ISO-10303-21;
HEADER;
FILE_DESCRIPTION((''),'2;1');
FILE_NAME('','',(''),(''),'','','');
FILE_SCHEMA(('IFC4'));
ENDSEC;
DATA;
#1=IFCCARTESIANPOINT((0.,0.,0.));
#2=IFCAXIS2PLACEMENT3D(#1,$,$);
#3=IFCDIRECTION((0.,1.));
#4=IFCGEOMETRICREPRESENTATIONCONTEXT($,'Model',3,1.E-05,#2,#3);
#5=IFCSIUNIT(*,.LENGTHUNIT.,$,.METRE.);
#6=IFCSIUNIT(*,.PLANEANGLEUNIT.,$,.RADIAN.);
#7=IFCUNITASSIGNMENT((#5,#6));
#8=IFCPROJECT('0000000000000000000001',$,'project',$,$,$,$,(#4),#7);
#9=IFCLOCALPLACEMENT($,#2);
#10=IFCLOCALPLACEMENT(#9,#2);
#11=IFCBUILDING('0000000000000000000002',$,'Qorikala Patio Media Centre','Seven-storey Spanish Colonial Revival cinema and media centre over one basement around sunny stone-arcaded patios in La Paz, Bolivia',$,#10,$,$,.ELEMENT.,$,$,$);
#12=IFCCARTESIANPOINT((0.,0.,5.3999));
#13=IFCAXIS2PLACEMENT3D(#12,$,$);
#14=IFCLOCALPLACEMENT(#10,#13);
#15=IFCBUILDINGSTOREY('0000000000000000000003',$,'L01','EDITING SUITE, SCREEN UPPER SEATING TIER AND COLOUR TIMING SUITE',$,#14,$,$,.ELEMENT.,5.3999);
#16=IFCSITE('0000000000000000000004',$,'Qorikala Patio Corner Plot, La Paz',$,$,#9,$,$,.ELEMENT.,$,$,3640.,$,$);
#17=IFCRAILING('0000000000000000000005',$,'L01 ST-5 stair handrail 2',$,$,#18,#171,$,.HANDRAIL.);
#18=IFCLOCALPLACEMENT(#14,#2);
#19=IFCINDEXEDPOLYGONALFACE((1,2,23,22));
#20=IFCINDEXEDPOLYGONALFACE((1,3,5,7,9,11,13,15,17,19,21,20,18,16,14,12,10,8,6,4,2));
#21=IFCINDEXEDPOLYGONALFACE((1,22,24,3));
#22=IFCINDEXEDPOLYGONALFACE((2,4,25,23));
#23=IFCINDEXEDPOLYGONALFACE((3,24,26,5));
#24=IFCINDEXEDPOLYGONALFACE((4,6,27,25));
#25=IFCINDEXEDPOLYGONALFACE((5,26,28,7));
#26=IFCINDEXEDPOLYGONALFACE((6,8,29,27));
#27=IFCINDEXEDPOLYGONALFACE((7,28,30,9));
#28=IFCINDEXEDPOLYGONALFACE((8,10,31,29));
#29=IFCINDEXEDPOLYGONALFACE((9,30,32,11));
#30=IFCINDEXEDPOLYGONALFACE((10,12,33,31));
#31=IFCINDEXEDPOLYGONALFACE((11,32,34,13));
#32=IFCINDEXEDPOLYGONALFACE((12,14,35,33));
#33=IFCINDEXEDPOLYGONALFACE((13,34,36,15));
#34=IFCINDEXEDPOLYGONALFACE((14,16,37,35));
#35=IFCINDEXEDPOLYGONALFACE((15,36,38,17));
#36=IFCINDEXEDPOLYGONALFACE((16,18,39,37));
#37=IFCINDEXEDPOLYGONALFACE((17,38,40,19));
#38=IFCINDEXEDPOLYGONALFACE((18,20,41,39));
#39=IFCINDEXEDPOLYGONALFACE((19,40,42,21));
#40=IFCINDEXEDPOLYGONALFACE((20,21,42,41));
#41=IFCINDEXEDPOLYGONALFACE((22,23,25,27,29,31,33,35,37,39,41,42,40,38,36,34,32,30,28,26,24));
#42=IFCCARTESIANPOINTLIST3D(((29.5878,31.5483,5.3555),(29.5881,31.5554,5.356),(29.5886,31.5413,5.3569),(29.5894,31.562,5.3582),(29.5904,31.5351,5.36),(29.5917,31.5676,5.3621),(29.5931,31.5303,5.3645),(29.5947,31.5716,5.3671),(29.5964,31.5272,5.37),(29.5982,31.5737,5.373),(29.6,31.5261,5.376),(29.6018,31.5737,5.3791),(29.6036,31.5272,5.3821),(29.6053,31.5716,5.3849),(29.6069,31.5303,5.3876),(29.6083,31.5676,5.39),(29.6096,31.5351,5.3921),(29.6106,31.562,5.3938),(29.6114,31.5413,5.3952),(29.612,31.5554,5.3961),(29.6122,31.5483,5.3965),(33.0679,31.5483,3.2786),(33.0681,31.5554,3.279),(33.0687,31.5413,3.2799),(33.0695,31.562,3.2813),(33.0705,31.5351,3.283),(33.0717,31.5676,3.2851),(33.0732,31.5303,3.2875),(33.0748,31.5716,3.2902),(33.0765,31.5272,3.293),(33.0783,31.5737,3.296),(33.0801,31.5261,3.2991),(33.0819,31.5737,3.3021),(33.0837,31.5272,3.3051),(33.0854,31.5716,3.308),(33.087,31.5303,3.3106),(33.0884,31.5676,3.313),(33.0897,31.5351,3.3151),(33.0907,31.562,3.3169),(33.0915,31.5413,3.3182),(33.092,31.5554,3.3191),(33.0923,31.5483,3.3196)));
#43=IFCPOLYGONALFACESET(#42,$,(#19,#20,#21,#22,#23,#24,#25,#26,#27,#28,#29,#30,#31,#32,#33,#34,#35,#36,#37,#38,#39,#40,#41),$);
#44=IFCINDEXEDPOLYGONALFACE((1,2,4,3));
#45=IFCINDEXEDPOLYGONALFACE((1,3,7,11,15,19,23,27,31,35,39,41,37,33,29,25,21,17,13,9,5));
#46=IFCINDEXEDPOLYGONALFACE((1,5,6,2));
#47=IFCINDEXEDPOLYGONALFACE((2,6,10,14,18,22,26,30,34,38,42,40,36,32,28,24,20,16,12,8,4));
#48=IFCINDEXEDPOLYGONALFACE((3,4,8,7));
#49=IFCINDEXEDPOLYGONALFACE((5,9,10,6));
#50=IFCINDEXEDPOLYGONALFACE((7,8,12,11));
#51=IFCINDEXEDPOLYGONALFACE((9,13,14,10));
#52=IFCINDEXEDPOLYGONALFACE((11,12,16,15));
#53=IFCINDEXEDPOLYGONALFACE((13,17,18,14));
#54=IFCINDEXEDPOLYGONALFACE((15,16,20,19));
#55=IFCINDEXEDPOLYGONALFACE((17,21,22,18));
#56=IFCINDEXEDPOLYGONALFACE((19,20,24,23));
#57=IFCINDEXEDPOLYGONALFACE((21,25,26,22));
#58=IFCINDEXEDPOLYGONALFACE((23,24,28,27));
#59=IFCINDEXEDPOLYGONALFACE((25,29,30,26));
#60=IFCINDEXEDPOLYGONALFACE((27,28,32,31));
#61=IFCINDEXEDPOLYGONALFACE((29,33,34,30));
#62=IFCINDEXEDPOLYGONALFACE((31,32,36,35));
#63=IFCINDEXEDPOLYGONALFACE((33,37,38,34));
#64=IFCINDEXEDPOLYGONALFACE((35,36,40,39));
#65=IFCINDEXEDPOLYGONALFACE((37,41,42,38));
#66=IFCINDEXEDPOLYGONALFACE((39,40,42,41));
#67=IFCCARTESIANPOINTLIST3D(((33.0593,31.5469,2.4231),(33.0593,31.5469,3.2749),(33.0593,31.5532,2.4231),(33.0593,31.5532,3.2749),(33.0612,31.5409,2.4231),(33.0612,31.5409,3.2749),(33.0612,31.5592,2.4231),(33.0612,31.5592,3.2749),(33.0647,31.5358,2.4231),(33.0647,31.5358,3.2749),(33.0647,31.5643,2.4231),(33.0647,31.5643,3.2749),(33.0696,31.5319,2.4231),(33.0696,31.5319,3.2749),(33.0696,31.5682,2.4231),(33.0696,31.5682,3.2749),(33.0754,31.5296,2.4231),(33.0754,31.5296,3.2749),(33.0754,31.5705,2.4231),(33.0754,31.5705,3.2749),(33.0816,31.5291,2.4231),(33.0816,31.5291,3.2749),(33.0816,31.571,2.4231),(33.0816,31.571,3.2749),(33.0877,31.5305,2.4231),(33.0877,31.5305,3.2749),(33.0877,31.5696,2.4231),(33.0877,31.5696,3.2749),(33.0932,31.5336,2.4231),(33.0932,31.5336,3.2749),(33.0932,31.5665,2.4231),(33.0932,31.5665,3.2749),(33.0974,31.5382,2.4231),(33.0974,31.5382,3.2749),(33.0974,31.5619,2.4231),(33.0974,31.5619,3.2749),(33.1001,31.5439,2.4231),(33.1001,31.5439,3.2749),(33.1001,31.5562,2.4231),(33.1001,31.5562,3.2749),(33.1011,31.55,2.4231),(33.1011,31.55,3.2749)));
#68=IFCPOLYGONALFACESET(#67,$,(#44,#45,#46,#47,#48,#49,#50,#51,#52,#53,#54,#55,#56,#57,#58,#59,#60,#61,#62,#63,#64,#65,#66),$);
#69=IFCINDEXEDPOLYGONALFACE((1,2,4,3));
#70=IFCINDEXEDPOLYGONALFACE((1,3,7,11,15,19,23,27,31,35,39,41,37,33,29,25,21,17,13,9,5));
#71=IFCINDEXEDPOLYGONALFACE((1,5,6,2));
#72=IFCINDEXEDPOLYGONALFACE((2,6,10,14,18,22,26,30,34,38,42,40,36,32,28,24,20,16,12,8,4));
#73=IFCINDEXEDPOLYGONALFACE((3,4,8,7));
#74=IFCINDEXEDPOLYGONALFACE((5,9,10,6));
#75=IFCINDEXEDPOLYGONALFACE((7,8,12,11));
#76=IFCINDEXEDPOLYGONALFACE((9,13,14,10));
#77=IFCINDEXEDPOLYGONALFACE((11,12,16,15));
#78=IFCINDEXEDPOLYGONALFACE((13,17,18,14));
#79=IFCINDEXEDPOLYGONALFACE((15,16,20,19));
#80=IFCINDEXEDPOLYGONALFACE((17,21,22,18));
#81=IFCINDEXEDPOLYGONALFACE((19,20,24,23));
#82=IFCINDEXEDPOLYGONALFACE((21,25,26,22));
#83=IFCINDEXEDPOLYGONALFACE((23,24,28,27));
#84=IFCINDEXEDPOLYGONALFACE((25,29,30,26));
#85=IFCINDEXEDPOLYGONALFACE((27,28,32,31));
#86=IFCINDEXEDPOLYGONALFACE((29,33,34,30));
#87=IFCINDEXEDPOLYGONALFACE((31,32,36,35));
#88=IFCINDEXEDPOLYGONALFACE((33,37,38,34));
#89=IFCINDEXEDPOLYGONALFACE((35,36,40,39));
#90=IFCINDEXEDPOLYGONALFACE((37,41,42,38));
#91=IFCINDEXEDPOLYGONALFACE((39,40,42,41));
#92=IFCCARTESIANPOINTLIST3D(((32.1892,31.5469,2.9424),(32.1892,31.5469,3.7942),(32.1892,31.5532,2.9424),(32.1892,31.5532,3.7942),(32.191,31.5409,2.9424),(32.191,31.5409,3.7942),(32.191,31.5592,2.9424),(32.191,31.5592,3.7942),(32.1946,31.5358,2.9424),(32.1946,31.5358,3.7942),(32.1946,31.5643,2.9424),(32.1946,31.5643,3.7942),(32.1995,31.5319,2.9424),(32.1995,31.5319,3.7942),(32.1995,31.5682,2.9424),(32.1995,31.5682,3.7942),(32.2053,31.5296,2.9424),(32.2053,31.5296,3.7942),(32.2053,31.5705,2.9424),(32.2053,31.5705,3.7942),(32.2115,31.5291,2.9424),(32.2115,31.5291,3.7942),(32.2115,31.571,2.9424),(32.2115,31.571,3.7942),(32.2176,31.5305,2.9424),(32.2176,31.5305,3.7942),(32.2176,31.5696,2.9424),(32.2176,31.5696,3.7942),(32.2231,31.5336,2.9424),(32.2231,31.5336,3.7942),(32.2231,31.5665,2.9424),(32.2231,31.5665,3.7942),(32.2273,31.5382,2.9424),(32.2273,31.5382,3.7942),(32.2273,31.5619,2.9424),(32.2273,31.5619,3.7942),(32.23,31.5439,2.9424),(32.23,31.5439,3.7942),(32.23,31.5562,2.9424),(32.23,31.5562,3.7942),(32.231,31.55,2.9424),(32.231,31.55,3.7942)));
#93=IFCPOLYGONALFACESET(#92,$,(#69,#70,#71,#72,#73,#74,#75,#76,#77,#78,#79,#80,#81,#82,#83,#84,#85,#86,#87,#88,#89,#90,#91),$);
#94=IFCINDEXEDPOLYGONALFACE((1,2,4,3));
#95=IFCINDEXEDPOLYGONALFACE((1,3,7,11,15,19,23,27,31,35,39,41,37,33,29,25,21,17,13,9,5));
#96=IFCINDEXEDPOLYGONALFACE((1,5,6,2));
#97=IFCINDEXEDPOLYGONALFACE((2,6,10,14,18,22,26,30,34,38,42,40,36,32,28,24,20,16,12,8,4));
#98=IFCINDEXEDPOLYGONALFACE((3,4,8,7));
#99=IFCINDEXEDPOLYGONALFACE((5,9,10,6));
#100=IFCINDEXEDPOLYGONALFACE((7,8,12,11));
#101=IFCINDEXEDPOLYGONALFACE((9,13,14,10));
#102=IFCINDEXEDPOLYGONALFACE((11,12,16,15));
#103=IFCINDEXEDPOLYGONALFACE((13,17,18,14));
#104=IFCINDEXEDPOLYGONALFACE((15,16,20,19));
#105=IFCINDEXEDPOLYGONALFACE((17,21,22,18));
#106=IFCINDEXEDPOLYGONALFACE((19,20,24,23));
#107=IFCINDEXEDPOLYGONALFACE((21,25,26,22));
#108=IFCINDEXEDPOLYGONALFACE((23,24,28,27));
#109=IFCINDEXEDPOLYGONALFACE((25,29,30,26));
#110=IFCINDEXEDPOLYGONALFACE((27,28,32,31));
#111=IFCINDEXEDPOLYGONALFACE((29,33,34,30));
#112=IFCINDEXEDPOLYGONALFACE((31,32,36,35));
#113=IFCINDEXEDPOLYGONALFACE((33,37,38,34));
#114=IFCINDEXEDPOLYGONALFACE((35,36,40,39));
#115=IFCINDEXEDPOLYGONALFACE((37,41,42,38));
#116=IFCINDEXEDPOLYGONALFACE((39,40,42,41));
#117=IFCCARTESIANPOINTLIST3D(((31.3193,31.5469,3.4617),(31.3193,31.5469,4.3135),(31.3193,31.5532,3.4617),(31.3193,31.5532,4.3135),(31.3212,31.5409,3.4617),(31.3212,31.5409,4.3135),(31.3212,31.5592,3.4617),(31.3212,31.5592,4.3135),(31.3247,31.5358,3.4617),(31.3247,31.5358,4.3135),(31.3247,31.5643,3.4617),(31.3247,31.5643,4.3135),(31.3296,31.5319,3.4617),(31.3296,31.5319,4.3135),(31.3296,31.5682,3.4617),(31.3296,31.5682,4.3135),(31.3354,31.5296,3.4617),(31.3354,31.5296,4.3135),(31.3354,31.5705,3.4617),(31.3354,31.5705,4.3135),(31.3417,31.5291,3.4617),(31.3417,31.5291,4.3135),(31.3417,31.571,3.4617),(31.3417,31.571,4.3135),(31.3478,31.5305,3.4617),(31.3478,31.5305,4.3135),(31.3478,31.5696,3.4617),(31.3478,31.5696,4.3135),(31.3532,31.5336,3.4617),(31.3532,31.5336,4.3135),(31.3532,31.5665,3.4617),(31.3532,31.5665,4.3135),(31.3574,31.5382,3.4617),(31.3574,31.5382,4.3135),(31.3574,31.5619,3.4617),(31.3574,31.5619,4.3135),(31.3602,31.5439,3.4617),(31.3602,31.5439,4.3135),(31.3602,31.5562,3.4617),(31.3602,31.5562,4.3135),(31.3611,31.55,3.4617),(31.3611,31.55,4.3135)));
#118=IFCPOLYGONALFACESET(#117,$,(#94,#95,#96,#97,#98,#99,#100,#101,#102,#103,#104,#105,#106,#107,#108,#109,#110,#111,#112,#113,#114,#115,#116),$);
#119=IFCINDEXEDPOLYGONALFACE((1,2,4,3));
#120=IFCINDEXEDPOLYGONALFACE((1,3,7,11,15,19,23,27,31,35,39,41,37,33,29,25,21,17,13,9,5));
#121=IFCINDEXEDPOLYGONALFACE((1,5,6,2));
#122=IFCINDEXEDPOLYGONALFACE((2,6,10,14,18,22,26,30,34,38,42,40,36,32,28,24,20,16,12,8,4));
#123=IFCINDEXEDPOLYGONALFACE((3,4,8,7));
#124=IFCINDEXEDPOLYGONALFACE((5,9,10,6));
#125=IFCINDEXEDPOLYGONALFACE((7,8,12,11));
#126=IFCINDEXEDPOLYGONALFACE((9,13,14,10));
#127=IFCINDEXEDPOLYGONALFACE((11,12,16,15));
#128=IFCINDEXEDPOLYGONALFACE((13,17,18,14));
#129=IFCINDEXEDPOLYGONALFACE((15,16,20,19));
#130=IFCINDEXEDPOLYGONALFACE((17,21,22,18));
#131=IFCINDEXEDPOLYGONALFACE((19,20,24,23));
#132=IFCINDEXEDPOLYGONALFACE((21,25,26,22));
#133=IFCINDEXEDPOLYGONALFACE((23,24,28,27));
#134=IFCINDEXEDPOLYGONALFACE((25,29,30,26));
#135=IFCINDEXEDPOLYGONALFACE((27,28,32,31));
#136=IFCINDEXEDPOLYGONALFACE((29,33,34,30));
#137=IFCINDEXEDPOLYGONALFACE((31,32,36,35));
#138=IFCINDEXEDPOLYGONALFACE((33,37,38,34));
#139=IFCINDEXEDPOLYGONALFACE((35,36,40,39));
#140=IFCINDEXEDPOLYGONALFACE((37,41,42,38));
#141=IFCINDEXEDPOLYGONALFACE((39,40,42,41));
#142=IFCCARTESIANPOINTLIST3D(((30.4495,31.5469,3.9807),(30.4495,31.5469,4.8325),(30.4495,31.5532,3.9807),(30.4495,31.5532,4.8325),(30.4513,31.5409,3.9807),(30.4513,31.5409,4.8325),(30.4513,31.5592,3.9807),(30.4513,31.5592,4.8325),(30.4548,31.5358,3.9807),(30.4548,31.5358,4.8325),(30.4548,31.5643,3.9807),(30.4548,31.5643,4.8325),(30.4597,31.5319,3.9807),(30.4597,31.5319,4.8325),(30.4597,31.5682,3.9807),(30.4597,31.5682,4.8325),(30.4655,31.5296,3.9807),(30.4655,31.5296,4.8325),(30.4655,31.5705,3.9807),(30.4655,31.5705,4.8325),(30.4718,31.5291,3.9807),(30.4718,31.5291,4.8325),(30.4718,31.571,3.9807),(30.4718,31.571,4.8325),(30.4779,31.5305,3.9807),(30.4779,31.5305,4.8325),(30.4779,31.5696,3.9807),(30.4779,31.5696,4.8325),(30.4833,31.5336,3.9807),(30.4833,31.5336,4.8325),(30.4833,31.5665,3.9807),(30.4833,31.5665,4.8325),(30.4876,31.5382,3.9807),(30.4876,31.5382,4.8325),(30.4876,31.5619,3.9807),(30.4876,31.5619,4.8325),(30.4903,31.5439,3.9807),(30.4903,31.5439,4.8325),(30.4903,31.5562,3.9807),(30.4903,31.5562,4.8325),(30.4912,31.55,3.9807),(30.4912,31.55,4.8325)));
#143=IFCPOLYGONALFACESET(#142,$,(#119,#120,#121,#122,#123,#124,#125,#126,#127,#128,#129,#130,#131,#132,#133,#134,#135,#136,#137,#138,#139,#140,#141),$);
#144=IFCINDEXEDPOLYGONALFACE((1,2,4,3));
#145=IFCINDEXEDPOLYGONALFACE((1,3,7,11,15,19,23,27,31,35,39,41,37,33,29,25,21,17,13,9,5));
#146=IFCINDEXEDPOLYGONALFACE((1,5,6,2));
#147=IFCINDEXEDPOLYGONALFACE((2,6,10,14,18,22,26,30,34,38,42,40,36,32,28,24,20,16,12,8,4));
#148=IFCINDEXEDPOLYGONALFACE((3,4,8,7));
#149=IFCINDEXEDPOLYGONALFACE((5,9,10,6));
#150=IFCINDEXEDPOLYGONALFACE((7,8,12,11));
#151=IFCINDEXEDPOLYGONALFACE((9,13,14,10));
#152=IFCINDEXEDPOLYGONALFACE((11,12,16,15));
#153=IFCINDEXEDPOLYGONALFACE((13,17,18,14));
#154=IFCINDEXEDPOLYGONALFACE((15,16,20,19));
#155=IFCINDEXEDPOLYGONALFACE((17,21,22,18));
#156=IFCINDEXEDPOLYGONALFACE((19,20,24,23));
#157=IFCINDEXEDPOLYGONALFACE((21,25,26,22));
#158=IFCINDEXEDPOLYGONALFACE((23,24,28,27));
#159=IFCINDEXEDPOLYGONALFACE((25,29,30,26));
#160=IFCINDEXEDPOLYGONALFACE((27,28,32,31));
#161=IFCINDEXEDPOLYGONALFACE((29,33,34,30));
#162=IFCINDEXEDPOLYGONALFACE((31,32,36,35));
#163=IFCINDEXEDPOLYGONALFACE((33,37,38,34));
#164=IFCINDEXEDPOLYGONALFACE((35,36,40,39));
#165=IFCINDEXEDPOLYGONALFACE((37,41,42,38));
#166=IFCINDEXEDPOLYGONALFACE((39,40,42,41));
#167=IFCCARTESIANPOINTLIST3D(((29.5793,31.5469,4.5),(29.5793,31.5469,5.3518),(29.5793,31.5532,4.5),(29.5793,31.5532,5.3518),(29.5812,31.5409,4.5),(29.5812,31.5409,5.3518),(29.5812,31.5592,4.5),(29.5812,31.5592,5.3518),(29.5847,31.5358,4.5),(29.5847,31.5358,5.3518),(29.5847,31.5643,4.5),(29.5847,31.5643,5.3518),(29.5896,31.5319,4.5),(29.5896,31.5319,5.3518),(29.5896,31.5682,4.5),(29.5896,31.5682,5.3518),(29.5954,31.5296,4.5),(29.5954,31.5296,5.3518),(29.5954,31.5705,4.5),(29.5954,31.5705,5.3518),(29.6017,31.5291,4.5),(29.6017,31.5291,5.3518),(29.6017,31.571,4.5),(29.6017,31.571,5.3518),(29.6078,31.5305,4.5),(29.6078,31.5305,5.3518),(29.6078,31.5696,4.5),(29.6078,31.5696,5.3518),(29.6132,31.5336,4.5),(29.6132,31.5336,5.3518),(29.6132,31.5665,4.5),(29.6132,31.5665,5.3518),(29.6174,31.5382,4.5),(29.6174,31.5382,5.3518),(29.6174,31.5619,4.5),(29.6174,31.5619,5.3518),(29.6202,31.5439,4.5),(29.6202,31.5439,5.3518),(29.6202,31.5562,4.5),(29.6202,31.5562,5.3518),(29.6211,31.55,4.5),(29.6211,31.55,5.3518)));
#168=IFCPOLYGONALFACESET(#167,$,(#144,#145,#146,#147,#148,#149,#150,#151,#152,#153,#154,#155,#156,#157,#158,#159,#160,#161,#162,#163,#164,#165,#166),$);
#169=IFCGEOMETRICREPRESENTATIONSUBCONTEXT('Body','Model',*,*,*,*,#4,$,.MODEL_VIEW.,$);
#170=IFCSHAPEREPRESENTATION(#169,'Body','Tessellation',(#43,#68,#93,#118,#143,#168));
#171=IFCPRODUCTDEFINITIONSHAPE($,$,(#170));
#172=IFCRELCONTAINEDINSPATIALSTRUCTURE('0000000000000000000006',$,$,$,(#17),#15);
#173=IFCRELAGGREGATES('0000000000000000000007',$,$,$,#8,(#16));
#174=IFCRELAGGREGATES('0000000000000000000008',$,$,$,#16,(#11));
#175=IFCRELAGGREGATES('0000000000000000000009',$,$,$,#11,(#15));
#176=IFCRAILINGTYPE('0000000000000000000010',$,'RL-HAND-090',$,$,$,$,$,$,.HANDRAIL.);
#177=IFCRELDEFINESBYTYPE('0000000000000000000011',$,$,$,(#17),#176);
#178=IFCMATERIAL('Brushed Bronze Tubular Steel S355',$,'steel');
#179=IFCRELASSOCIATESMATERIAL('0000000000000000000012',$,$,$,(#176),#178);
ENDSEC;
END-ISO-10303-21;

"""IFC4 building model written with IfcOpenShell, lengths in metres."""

from ifc_helpers import new_model, si_unit, direction, frame, origin, origin_2d, place, context, subcontext, project, spatial, circle, extrude, material, type_object, element, save


model = new_model("IFC4")

# Units and contexts
model_context = context("Model", 3, precision=1e-05, world=origin(), true_north=direction((0.0, 1.0)))
body_context = subcontext(model_context, "Body", "Model", "MODEL_VIEW")
ifc_project = project(units=[si_unit("LENGTHUNIT", "METRE"), si_unit("PLANEANGLEUNIT", "RADIAN")], contexts=[model_context])

# Site, building, storey
site_placement = place(None, origin())
site = spatial("IfcSite", under=ifc_project, at=site_placement, Name="Qorikala Patio Corner Plot, La Paz", CompositionType="ELEMENT", RefElevation=3640.0)
building_placement = place(site_placement, origin())
building = spatial("IfcBuilding", under=site, at=building_placement, Name="Qorikala Patio Media Centre", Description="Seven-storey Spanish Colonial Revival cinema and media centre over one basement around sunny stone-arcaded patios in La Paz, Bolivia", CompositionType="ELEMENT")
storey_placement = place(building_placement, frame((0.0, 0.0, 5.3999)))
storey = spatial("IfcBuildingStorey", under=building, at=storey_placement, Name="L01", Description="EDITING SUITE, SCREEN UPPER SEATING TIER AND COLOUR TIMING SUITE", CompositionType="ELEMENT", Elevation=5.3999)

# Railing
ifc_material_1 = material(Name="Brushed Bronze Tubular Steel S355", Category="steel")
railing_type_1 = type_object("IfcRailingType", Name="RL-HAND-090", PredefinedType="HANDRAIL", material=ifc_material_1)
railing_1_placement = place(storey_placement, frame((33.0801, 31.55, 2.4231)))
element("IfcRailing", 1, at=railing_1_placement, inside=storey, type_object=railing_type_1, Name="L01 ST-5 stair handrail 2", PredefinedType="HANDRAIL", context=body_context, shape_type="SweptSolid", body=[
    extrude(circle(Radius=0.0239, at=origin_2d()), frame((0.0, 0.0, 0.876), z_axis=(-0.858697, 0.0, 0.512483), x_axis=(0.0, -1.0, 0.0)), (0.0, 0.0, 1.0), 4.0527),
    extrude(circle(Radius=0.021, at=origin_2d()), origin(), (0.0, 0.0, 1.0), 0.8518),
    extrude(circle(Radius=0.021, at=origin_2d()), frame((-0.8701, 0.0, 0.5193)), (0.0, 0.0, 1.0), 0.8518),
    extrude(circle(Radius=0.021, at=origin_2d()), frame((-1.74, 0.0, 1.0386)), (0.0, 0.0, 1.0), 0.8518),
    extrude(circle(Radius=0.021, at=origin_2d()), frame((-2.6099, 0.0, 1.5576)), (0.0, 0.0, 1.0), 0.8518),
    extrude(circle(Radius=0.021, at=origin_2d()), frame((-3.48, 0.0, 2.0769)), (0.0, 0.0, 1.0), 0.8518),
])

save(model, "model.ifc")
